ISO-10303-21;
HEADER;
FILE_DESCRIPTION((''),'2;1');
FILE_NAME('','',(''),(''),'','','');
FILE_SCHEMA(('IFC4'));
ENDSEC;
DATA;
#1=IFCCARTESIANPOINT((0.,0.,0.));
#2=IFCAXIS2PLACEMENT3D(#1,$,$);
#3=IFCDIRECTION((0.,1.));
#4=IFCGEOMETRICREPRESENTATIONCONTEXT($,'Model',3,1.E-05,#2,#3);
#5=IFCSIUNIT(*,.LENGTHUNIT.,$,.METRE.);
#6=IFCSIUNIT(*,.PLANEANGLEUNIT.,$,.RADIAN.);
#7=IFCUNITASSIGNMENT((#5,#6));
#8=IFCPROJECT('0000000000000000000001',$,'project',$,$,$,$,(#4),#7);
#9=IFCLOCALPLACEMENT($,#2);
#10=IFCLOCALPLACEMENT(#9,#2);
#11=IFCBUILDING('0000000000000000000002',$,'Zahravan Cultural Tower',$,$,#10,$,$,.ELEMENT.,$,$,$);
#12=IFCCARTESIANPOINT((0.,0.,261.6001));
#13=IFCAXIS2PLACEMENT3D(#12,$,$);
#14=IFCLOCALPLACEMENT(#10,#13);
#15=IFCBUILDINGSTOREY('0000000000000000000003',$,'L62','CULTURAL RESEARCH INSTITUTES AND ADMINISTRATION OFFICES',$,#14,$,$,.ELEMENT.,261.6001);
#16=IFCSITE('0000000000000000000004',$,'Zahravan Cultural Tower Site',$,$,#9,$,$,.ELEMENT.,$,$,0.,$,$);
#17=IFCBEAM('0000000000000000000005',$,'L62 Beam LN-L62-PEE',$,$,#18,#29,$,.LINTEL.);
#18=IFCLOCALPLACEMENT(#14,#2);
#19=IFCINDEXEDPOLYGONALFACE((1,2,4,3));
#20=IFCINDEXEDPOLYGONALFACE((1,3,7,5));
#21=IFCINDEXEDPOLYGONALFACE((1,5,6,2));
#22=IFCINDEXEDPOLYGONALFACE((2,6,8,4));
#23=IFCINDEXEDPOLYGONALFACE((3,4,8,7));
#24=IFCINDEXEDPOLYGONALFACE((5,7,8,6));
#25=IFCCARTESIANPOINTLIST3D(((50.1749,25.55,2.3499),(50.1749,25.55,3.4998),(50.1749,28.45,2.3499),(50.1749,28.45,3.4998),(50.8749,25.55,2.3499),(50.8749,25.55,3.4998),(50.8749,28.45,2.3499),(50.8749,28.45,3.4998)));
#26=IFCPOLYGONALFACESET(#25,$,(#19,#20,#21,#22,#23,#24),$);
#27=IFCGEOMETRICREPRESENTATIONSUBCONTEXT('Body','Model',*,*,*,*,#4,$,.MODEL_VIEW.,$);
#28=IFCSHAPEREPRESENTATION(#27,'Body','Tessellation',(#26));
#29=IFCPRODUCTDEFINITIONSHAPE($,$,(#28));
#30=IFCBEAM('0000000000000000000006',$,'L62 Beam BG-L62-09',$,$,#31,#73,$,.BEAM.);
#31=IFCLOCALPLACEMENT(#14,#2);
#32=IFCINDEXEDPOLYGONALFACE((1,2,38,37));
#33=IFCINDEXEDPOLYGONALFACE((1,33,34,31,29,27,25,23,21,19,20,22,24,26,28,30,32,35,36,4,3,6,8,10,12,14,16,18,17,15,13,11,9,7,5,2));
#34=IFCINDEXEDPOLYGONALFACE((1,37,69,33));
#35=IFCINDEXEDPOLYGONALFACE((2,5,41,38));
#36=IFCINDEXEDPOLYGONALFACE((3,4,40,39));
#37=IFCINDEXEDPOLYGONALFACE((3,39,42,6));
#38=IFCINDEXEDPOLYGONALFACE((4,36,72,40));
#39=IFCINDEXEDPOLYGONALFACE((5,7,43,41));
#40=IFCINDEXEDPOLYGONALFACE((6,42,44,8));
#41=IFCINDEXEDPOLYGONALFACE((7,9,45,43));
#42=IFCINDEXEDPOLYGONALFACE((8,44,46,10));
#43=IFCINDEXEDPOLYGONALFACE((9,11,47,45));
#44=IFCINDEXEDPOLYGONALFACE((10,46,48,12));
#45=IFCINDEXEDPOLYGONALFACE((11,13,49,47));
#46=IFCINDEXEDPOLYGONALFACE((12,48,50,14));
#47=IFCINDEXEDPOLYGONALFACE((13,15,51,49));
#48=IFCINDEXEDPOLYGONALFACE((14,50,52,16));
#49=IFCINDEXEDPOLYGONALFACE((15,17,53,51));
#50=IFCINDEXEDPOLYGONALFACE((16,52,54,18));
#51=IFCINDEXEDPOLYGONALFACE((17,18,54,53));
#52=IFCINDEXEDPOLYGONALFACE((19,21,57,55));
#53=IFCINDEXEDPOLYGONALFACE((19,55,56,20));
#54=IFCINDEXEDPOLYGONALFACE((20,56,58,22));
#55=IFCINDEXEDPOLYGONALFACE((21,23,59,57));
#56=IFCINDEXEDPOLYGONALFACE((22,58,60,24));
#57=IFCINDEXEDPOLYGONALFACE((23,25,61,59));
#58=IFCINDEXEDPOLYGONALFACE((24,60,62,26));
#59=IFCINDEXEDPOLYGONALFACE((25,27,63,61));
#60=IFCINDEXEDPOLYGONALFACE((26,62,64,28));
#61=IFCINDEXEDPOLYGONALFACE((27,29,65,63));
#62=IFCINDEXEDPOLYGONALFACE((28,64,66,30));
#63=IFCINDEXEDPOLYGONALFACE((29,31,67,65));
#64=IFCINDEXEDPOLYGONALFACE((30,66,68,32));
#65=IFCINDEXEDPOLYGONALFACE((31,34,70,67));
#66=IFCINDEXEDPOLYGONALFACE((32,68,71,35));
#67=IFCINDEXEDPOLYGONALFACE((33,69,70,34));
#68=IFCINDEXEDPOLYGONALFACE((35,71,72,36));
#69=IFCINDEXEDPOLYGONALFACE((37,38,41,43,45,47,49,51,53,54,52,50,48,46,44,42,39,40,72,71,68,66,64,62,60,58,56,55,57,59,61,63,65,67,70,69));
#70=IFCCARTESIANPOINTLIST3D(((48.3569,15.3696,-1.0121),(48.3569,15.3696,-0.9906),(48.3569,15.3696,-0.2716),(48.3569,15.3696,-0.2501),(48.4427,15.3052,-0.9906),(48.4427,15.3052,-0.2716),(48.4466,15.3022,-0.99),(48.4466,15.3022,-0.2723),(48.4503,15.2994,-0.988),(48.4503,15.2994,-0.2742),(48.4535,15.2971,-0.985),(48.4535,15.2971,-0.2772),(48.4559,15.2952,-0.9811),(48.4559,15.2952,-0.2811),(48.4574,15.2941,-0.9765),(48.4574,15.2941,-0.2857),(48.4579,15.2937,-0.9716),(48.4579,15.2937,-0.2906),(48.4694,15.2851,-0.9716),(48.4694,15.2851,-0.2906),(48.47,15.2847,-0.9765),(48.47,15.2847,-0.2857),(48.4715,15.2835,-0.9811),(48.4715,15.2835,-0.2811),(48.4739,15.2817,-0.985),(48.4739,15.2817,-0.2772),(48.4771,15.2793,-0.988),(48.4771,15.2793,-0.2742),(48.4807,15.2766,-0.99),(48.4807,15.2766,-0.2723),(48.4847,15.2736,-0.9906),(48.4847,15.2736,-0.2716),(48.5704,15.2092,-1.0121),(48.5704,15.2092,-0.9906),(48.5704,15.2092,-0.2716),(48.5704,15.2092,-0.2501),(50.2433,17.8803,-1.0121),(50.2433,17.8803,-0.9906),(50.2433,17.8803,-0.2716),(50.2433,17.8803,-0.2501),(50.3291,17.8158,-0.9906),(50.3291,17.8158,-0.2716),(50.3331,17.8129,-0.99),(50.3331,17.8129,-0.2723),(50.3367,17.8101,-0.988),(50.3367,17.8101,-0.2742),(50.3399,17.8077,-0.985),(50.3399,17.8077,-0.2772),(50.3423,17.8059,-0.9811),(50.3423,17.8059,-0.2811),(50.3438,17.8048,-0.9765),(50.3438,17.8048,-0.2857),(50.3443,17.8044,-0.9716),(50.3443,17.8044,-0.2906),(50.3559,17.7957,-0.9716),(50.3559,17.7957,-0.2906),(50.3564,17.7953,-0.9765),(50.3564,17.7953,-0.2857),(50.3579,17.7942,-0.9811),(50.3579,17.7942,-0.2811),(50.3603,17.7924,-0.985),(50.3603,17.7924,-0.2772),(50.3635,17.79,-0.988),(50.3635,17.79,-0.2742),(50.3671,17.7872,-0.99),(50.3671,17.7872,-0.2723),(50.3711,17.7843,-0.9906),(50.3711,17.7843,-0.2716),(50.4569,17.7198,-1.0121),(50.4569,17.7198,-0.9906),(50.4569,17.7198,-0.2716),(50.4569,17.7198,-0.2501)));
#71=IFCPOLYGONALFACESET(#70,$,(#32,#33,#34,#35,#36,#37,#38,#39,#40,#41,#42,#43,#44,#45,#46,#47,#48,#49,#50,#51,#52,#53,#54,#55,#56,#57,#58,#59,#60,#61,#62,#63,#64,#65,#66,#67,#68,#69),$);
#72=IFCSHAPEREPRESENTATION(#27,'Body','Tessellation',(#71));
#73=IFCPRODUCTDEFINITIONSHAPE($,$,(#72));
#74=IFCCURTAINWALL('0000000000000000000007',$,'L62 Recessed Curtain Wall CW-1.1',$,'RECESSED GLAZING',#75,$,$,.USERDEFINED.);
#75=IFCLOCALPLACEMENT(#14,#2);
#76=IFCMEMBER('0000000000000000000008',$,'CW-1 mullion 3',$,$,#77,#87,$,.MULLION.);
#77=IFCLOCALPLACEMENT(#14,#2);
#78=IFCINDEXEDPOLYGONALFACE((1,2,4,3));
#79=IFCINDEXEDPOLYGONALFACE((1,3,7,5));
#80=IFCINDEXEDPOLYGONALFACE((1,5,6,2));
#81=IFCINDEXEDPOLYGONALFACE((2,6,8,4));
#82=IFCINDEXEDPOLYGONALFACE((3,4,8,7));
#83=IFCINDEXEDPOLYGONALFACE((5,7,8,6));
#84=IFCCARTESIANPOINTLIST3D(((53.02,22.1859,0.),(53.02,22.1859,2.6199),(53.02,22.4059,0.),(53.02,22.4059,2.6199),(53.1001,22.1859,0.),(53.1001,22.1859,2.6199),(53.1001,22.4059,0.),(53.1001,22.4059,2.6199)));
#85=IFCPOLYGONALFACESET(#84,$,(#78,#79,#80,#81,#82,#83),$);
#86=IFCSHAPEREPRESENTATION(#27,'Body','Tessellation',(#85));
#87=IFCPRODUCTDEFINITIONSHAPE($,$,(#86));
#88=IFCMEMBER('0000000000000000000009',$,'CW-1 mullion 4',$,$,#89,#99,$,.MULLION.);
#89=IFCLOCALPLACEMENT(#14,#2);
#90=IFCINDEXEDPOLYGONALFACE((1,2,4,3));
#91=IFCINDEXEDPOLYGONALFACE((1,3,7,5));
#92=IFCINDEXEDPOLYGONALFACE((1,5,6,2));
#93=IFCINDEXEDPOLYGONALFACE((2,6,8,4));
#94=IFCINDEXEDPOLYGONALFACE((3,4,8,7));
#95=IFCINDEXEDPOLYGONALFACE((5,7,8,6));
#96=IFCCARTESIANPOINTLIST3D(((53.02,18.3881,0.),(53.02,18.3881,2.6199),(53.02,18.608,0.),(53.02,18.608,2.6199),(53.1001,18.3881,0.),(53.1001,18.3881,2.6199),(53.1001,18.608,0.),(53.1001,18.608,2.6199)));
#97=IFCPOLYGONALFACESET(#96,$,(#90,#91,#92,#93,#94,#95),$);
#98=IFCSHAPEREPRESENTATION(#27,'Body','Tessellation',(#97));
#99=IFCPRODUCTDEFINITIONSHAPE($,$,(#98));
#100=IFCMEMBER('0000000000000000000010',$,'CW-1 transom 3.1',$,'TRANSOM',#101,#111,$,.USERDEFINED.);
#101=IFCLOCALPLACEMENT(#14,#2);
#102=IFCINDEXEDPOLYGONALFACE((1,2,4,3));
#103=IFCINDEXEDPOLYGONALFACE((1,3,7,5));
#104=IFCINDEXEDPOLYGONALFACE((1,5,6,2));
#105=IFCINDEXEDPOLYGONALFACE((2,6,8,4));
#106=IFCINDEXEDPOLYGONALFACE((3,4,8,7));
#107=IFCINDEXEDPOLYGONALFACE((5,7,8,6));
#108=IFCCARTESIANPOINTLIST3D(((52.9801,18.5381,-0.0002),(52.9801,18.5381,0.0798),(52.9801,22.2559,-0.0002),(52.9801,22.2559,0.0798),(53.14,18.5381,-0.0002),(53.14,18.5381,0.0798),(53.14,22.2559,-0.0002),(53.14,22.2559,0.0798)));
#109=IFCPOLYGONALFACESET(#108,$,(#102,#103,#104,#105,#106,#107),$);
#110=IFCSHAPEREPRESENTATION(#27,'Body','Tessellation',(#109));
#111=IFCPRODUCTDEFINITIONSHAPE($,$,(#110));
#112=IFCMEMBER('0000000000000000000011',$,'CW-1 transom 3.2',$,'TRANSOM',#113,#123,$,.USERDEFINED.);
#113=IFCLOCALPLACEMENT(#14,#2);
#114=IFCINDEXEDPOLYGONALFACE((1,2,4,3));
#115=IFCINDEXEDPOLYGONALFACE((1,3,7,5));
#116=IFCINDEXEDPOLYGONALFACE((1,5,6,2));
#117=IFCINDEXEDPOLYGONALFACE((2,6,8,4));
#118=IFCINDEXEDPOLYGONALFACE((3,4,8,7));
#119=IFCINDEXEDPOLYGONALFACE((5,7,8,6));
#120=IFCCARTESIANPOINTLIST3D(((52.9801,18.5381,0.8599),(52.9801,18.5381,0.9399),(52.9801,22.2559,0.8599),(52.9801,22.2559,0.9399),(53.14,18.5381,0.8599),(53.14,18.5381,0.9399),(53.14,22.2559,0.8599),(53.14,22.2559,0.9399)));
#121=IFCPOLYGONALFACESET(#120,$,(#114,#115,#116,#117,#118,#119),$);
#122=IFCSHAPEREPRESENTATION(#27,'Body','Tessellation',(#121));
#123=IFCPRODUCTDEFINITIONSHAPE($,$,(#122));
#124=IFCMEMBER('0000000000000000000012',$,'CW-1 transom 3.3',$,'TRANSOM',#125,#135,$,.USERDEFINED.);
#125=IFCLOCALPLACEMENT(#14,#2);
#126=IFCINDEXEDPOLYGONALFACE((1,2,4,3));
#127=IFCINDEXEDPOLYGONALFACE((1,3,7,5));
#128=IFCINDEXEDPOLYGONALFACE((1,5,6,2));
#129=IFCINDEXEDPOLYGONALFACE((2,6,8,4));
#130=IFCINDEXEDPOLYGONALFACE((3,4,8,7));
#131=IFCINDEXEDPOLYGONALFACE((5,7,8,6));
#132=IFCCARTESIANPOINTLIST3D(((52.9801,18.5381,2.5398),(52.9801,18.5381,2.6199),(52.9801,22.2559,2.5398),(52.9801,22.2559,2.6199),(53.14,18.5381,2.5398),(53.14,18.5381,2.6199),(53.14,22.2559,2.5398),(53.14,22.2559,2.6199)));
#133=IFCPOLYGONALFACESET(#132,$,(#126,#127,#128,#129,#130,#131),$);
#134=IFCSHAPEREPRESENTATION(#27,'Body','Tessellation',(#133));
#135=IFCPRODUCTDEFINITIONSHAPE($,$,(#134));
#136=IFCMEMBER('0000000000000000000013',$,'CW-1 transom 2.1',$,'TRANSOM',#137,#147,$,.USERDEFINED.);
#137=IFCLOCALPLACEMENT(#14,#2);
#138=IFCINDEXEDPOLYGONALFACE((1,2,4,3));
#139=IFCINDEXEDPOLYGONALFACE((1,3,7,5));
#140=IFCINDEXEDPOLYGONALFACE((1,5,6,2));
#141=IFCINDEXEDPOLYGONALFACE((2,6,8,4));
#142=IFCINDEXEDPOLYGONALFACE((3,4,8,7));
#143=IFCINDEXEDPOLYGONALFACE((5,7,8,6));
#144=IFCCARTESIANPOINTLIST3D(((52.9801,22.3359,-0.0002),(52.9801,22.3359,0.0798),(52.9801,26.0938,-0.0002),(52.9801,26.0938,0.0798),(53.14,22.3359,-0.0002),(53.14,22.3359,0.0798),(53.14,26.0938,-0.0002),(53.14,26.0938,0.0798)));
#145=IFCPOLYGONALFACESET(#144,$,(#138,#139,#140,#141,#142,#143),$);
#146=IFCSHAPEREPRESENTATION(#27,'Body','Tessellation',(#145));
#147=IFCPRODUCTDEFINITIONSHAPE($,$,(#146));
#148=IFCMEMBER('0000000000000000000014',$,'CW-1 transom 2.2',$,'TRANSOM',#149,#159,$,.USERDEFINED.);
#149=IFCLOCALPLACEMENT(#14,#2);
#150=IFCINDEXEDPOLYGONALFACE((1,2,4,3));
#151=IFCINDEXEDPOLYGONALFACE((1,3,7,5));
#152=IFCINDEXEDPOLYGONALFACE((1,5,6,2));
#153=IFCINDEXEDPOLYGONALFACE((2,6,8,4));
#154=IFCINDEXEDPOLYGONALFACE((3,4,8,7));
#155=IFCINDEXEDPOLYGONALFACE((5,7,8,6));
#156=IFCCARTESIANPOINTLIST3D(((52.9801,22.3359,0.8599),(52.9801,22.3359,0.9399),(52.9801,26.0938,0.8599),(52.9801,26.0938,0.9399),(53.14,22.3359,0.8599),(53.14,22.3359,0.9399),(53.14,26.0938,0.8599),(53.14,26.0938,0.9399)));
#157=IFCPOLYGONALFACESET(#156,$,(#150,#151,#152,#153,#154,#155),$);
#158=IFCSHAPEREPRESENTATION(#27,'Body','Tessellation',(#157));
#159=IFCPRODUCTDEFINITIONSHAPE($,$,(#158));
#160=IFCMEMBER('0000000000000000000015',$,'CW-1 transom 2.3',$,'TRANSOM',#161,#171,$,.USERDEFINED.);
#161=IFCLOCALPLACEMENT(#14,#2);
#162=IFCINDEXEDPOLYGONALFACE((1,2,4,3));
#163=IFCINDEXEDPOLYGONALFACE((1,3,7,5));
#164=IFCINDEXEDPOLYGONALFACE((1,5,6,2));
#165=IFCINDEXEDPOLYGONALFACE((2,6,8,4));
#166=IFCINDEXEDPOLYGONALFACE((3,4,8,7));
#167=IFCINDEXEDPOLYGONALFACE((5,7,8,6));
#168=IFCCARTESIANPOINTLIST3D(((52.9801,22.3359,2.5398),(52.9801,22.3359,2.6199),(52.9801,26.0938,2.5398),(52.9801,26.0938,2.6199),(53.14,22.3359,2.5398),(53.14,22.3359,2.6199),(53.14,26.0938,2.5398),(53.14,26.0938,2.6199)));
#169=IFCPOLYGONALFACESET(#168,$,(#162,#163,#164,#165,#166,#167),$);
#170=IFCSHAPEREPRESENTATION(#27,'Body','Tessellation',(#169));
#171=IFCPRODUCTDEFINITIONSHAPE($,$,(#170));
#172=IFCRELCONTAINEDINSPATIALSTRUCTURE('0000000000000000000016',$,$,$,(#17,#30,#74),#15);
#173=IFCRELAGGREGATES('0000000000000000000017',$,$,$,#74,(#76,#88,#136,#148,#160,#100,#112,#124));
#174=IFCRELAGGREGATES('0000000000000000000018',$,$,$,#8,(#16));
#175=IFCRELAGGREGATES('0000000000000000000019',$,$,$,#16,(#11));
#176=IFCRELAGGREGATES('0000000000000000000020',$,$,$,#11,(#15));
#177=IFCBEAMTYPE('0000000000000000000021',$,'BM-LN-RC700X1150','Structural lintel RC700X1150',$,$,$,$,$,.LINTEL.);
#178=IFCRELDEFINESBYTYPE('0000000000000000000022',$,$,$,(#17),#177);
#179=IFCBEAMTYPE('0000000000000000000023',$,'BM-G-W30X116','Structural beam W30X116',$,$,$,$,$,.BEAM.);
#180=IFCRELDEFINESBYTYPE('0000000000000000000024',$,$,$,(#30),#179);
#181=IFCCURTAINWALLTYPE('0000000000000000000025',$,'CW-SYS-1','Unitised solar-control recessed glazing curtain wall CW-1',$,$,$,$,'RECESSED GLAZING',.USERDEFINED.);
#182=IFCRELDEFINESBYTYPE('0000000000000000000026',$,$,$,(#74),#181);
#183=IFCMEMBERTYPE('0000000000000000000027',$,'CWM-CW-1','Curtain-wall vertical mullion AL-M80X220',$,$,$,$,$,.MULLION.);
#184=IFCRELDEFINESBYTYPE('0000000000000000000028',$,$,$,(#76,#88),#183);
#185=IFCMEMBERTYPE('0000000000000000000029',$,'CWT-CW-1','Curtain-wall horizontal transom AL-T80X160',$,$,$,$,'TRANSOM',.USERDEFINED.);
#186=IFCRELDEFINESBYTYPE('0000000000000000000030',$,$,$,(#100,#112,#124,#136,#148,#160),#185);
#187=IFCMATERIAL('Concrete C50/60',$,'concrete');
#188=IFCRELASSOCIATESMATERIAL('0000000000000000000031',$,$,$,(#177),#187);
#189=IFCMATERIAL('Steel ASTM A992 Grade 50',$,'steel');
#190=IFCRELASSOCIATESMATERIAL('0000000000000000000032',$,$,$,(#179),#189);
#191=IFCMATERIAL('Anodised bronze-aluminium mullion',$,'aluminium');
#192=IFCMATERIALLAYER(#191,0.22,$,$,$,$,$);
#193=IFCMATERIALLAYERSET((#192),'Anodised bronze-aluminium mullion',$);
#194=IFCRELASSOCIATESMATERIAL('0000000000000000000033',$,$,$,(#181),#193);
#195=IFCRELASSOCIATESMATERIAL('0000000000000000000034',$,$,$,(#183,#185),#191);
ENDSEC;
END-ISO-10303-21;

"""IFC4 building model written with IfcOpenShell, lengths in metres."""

from ifc_helpers import new_model, si_unit, direction, frame, origin, origin_2d, place, context, subcontext, project, spatial, rectangle, i_section, extrude, source, transform, mapped, material, layer, layer_set, material_profile, profile_set, type_object, element, aggregate, save


model = new_model("IFC4")

# Units and contexts
model_context = context("Model", 3, precision=1e-05, world=origin(), true_north=direction((0.0, 1.0)))
body_context = subcontext(model_context, "Body", "Model", "MODEL_VIEW")
ifc_project = project(units=[si_unit("LENGTHUNIT", "METRE"), si_unit("PLANEANGLEUNIT", "RADIAN")], contexts=[model_context])

# Site, building, storey
site_placement = place(None, origin())
site = spatial("IfcSite", under=ifc_project, at=site_placement, Name="Zahravan Cultural Tower Site", CompositionType="ELEMENT", RefElevation=0.0)
building_placement = place(site_placement, origin())
building = spatial("IfcBuilding", under=site, at=building_placement, Name="Zahravan Cultural Tower", CompositionType="ELEMENT")
storey_placement = place(building_placement, frame((0.0, 0.0, 261.6001)))
storey = spatial("IfcBuildingStorey", under=building, at=storey_placement, Name="L62", Description="CULTURAL RESEARCH INSTITUTES AND ADMINISTRATION OFFICES", CompositionType="ELEMENT", Elevation=261.6001)

# Beams
ifc_material_1 = material(Name="Concrete C50/60", Category="concrete")
ifc_material_profile_1 = material_profile(ifc_material_1, rectangle(XDim=0.7, YDim=1.1499, at=origin_2d()), Name="RC700X1150")
ifc_profile_set_1 = profile_set([ifc_material_profile_1], Name="Concrete C50/60")
beam_type_1 = type_object("IfcBeamType", Name="BM-LN-RC700X1150", Description="Structural lintel RC700X1150", PredefinedType="LINTEL", material=ifc_profile_set_1)
shared_shape_1 = source(origin(), body_context, "Body", "SweptSolid", [
    extrude(rectangle(XDim=0.7, YDim=1.1499, at=origin_2d()), origin(), (0.0, 0.0, 1.0), 2.8999),
])
beam_1_placement = place(storey_placement, frame((50.5249, 25.55, 2.9248), z_axis=(0.0, 1.0, 0.0), x_axis=(-1.0, 0.0, 0.0)))
element("IfcBeam", 1, at=beam_1_placement, inside=storey, type_object=beam_type_1, Name="L62 Beam LN-L62-PEE", PredefinedType="LINTEL", context=body_context, shape_type="MappedRepresentation", body=[
    mapped(shared_shape_1, transform((0.0, 0.0, 0.0), x_axis=(1.0, 0.0, 0.0), y_axis=(0.0, 1.0, 0.0), z_axis=(0.0, 0.0, 1.0), scale=1.0)),
])
ifc_material_2 = material(Name="Steel ASTM A992 Grade 50", Category="steel")
ifc_material_profile_2 = material_profile(ifc_material_2, i_section(OverallWidth=0.2671, OverallDepth=0.762, WebThickness=0.0144, FlangeThickness=0.0215, FilletRadius=0.019, at=origin_2d()), Name="W30X116")
ifc_profile_set_2 = profile_set([ifc_material_profile_2], Name="Steel ASTM A992 Grade 50")
beam_type_2 = type_object("IfcBeamType", Name="BM-G-W30X116", Description="Structural beam W30X116", PredefinedType="BEAM", material=ifc_profile_set_2)
shared_shape_2 = source(origin(), body_context, "Body", "SweptSolid", [
    extrude(i_section(OverallWidth=0.2671, OverallDepth=0.762, WebThickness=0.0144, FlangeThickness=0.0215, FilletRadius=0.019, at=origin_2d()), origin(), (0.0, 0.0, 1.0), 3.1404),
])
beam_2_placement = place(storey_placement, frame((50.3501, 17.8, -0.6311), z_axis=(-0.600696, -0.799477, 0.0), x_axis=(0.799477, -0.600696, 0.0)))
element("IfcBeam", 2, at=beam_2_placement, inside=storey, type_object=beam_type_2, Name="L62 Beam BG-L62-09", PredefinedType="BEAM", context=body_context, shape_type="MappedRepresentation", body=[
    mapped(shared_shape_2, transform((0.0, 0.0, 0.0), x_axis=(1.0, 0.0, 0.0), y_axis=(0.0, 1.0, 0.0), z_axis=(0.0, 0.0, 1.0), scale=1.0)),
])

# Curtain wall, members
ifc_material_3 = material(Name="Anodised bronze-aluminium mullion", Category="aluminium")
ifc_layer_1 = layer(ifc_material_3, 0.22)
ifc_layer_set_1 = layer_set([ifc_layer_1], Name="Anodised bronze-aluminium mullion")
curtain_wall_type = type_object("IfcCurtainWallType", Name="CW-SYS-1", Description="Unitised solar-control recessed glazing curtain wall CW-1", ElementType="RECESSED GLAZING", PredefinedType="USERDEFINED", material=ifc_layer_set_1)
curtain_wall_placement = place(storey_placement, origin())
curtain_wall = element("IfcCurtainWall", 3, at=curtain_wall_placement, inside=storey, type_object=curtain_wall_type, Name="L62 Recessed Curtain Wall CW-1.1", ObjectType="RECESSED GLAZING", PredefinedType="USERDEFINED")
ifc_material_profile_3 = material_profile(ifc_material_3, rectangle(XDim=0.0801, YDim=0.22, at=origin_2d()), Name="AL-M80X220")
ifc_profile_set_3 = profile_set([ifc_material_profile_3], Name="Anodised bronze-aluminium mullion")
member_type_1 = type_object("IfcMemberType", Name="CWM-CW-1", Description="Curtain-wall vertical mullion AL-M80X220", PredefinedType="MULLION", material=ifc_profile_set_3)
shared_shape_3 = source(origin(), body_context, "Body", "SweptSolid", [
    extrude(rectangle(XDim=0.0801, YDim=0.22, at=origin_2d()), origin(), (0.0, 0.0, 1.0), 2.6199),
])
member_1_placement = place(storey_placement, frame((53.0601, 22.2959, 0.0), z_axis=(0.0, 0.0, 1.0), x_axis=(1.0, 0.0, 0.0)))
member_1 = element("IfcMember", 4, at=member_1_placement, type_object=member_type_1, Name="CW-1 mullion 3", PredefinedType="MULLION", context=body_context, shape_type="MappedRepresentation", body=[
    mapped(shared_shape_3, transform((0.0, 0.0, 0.0), x_axis=(1.0, 0.0, 0.0), y_axis=(0.0, 1.0, 0.0), z_axis=(0.0, 0.0, 1.0), scale=1.0)),
])
member_2_placement = place(storey_placement, frame((53.0601, 18.498, 0.0), z_axis=(0.0, 0.0, 1.0), x_axis=(1.0, 0.0, 0.0)))
member_2 = element("IfcMember", 5, at=member_2_placement, type_object=member_type_1, Name="CW-1 mullion 4", PredefinedType="MULLION", context=body_context, shape_type="MappedRepresentation", body=[
    mapped(shared_shape_3, transform((0.0, 0.0, 0.0), x_axis=(1.0, 0.0, 0.0), y_axis=(0.0, 1.0, 0.0), z_axis=(0.0, 0.0, 1.0), scale=1.0)),
])
ifc_material_profile_4 = material_profile(ifc_material_3, rectangle(XDim=0.1599, YDim=0.0801, at=origin_2d()), Name="AL-T80X160")
ifc_profile_set_4 = profile_set([ifc_material_profile_4], Name="Anodised bronze-aluminium mullion")
member_type_2 = type_object("IfcMemberType", Name="CWT-CW-1", Description="Curtain-wall horizontal transom AL-T80X160", ElementType="TRANSOM", PredefinedType="USERDEFINED", material=ifc_profile_set_4)
shared_shape_4 = source(origin(), body_context, "Body", "SweptSolid", [
    extrude(rectangle(XDim=0.1599, YDim=0.0801, at=origin_2d()), origin(), (0.0, 0.0, 1.0), 3.7178),
])
member_3_placement = place(storey_placement, frame((53.0601, 22.2559, 0.0398), z_axis=(0.0, -1.0, 0.0), x_axis=(1.0, 0.0, 0.0)))
member_3 = element("IfcMember", 6, at=member_3_placement, type_object=member_type_2, Name="CW-1 transom 3.1", ObjectType="TRANSOM", PredefinedType="USERDEFINED", context=body_context, shape_type="MappedRepresentation", body=[
    mapped(shared_shape_4, transform((0.0, 0.0, 0.0), x_axis=(1.0, 0.0, 0.0), y_axis=(0.0, 1.0, 0.0), z_axis=(0.0, 0.0, 1.0), scale=1.0)),
])
member_4_placement = place(storey_placement, frame((53.0601, 22.2559, 0.8999), z_axis=(0.0, -1.0, 0.0), x_axis=(1.0, 0.0, 0.0)))
member_4 = element("IfcMember", 7, at=member_4_placement, type_object=member_type_2, Name="CW-1 transom 3.2", ObjectType="TRANSOM", PredefinedType="USERDEFINED", context=body_context, shape_type="MappedRepresentation", body=[
    mapped(shared_shape_4, transform((0.0, 0.0, 0.0), x_axis=(1.0, 0.0, 0.0), y_axis=(0.0, 1.0, 0.0), z_axis=(0.0, 0.0, 1.0), scale=1.0)),
])
member_5_placement = place(storey_placement, frame((53.0601, 22.2559, 2.5798), z_axis=(0.0, -1.0, 0.0), x_axis=(1.0, 0.0, 0.0)))
member_5 = element("IfcMember", 8, at=member_5_placement, type_object=member_type_2, Name="CW-1 transom 3.3", ObjectType="TRANSOM", PredefinedType="USERDEFINED", context=body_context, shape_type="MappedRepresentation", body=[
    mapped(shared_shape_4, transform((0.0, 0.0, 0.0), x_axis=(1.0, 0.0, 0.0), y_axis=(0.0, 1.0, 0.0), z_axis=(0.0, 0.0, 1.0), scale=1.0)),
])
shared_shape_5 = source(origin(), body_context, "Body", "SweptSolid", [
    extrude(rectangle(XDim=0.1599, YDim=0.0801, at=origin_2d()), origin(), (0.0, 0.0, 1.0), 3.7578),
])
member_6_placement = place(storey_placement, frame((53.0601, 26.0938, 0.0398), z_axis=(0.0, -1.0, 0.0), x_axis=(1.0, 0.0, 0.0)))
member_6 = element("IfcMember", 9, at=member_6_placement, type_object=member_type_2, Name="CW-1 transom 2.1", ObjectType="TRANSOM", PredefinedType="USERDEFINED", context=body_context, shape_type="MappedRepresentation", body=[
    mapped(shared_shape_5, transform((0.0, 0.0, 0.0), x_axis=(1.0, 0.0, 0.0), y_axis=(0.0, 1.0, 0.0), z_axis=(0.0, 0.0, 1.0), scale=1.0)),
])
member_7_placement = place(storey_placement, frame((53.0601, 26.0938, 0.8999), z_axis=(0.0, -1.0, 0.0), x_axis=(1.0, 0.0, 0.0)))
member_7 = element("IfcMember", 10, at=member_7_placement, type_object=member_type_2, Name="CW-1 transom 2.2", ObjectType="TRANSOM", PredefinedType="USERDEFINED", context=body_context, shape_type="MappedRepresentation", body=[
    mapped(shared_shape_5, transform((0.0, 0.0, 0.0), x_axis=(1.0, 0.0, 0.0), y_axis=(0.0, 1.0, 0.0), z_axis=(0.0, 0.0, 1.0), scale=1.0)),
])
member_8_placement = place(storey_placement, frame((53.0601, 26.0938, 2.5798), z_axis=(0.0, -1.0, 0.0), x_axis=(1.0, 0.0, 0.0)))
member_8 = element("IfcMember", 11, at=member_8_placement, type_object=member_type_2, Name="CW-1 transom 2.3", ObjectType="TRANSOM", PredefinedType="USERDEFINED", context=body_context, shape_type="MappedRepresentation", body=[
    mapped(shared_shape_5, transform((0.0, 0.0, 0.0), x_axis=(1.0, 0.0, 0.0), y_axis=(0.0, 1.0, 0.0), z_axis=(0.0, 0.0, 1.0), scale=1.0)),
])
aggregate(curtain_wall, [member_1, member_2, member_6, member_7, member_8, member_3, member_4, member_5])

save(model, "model.ifc")
